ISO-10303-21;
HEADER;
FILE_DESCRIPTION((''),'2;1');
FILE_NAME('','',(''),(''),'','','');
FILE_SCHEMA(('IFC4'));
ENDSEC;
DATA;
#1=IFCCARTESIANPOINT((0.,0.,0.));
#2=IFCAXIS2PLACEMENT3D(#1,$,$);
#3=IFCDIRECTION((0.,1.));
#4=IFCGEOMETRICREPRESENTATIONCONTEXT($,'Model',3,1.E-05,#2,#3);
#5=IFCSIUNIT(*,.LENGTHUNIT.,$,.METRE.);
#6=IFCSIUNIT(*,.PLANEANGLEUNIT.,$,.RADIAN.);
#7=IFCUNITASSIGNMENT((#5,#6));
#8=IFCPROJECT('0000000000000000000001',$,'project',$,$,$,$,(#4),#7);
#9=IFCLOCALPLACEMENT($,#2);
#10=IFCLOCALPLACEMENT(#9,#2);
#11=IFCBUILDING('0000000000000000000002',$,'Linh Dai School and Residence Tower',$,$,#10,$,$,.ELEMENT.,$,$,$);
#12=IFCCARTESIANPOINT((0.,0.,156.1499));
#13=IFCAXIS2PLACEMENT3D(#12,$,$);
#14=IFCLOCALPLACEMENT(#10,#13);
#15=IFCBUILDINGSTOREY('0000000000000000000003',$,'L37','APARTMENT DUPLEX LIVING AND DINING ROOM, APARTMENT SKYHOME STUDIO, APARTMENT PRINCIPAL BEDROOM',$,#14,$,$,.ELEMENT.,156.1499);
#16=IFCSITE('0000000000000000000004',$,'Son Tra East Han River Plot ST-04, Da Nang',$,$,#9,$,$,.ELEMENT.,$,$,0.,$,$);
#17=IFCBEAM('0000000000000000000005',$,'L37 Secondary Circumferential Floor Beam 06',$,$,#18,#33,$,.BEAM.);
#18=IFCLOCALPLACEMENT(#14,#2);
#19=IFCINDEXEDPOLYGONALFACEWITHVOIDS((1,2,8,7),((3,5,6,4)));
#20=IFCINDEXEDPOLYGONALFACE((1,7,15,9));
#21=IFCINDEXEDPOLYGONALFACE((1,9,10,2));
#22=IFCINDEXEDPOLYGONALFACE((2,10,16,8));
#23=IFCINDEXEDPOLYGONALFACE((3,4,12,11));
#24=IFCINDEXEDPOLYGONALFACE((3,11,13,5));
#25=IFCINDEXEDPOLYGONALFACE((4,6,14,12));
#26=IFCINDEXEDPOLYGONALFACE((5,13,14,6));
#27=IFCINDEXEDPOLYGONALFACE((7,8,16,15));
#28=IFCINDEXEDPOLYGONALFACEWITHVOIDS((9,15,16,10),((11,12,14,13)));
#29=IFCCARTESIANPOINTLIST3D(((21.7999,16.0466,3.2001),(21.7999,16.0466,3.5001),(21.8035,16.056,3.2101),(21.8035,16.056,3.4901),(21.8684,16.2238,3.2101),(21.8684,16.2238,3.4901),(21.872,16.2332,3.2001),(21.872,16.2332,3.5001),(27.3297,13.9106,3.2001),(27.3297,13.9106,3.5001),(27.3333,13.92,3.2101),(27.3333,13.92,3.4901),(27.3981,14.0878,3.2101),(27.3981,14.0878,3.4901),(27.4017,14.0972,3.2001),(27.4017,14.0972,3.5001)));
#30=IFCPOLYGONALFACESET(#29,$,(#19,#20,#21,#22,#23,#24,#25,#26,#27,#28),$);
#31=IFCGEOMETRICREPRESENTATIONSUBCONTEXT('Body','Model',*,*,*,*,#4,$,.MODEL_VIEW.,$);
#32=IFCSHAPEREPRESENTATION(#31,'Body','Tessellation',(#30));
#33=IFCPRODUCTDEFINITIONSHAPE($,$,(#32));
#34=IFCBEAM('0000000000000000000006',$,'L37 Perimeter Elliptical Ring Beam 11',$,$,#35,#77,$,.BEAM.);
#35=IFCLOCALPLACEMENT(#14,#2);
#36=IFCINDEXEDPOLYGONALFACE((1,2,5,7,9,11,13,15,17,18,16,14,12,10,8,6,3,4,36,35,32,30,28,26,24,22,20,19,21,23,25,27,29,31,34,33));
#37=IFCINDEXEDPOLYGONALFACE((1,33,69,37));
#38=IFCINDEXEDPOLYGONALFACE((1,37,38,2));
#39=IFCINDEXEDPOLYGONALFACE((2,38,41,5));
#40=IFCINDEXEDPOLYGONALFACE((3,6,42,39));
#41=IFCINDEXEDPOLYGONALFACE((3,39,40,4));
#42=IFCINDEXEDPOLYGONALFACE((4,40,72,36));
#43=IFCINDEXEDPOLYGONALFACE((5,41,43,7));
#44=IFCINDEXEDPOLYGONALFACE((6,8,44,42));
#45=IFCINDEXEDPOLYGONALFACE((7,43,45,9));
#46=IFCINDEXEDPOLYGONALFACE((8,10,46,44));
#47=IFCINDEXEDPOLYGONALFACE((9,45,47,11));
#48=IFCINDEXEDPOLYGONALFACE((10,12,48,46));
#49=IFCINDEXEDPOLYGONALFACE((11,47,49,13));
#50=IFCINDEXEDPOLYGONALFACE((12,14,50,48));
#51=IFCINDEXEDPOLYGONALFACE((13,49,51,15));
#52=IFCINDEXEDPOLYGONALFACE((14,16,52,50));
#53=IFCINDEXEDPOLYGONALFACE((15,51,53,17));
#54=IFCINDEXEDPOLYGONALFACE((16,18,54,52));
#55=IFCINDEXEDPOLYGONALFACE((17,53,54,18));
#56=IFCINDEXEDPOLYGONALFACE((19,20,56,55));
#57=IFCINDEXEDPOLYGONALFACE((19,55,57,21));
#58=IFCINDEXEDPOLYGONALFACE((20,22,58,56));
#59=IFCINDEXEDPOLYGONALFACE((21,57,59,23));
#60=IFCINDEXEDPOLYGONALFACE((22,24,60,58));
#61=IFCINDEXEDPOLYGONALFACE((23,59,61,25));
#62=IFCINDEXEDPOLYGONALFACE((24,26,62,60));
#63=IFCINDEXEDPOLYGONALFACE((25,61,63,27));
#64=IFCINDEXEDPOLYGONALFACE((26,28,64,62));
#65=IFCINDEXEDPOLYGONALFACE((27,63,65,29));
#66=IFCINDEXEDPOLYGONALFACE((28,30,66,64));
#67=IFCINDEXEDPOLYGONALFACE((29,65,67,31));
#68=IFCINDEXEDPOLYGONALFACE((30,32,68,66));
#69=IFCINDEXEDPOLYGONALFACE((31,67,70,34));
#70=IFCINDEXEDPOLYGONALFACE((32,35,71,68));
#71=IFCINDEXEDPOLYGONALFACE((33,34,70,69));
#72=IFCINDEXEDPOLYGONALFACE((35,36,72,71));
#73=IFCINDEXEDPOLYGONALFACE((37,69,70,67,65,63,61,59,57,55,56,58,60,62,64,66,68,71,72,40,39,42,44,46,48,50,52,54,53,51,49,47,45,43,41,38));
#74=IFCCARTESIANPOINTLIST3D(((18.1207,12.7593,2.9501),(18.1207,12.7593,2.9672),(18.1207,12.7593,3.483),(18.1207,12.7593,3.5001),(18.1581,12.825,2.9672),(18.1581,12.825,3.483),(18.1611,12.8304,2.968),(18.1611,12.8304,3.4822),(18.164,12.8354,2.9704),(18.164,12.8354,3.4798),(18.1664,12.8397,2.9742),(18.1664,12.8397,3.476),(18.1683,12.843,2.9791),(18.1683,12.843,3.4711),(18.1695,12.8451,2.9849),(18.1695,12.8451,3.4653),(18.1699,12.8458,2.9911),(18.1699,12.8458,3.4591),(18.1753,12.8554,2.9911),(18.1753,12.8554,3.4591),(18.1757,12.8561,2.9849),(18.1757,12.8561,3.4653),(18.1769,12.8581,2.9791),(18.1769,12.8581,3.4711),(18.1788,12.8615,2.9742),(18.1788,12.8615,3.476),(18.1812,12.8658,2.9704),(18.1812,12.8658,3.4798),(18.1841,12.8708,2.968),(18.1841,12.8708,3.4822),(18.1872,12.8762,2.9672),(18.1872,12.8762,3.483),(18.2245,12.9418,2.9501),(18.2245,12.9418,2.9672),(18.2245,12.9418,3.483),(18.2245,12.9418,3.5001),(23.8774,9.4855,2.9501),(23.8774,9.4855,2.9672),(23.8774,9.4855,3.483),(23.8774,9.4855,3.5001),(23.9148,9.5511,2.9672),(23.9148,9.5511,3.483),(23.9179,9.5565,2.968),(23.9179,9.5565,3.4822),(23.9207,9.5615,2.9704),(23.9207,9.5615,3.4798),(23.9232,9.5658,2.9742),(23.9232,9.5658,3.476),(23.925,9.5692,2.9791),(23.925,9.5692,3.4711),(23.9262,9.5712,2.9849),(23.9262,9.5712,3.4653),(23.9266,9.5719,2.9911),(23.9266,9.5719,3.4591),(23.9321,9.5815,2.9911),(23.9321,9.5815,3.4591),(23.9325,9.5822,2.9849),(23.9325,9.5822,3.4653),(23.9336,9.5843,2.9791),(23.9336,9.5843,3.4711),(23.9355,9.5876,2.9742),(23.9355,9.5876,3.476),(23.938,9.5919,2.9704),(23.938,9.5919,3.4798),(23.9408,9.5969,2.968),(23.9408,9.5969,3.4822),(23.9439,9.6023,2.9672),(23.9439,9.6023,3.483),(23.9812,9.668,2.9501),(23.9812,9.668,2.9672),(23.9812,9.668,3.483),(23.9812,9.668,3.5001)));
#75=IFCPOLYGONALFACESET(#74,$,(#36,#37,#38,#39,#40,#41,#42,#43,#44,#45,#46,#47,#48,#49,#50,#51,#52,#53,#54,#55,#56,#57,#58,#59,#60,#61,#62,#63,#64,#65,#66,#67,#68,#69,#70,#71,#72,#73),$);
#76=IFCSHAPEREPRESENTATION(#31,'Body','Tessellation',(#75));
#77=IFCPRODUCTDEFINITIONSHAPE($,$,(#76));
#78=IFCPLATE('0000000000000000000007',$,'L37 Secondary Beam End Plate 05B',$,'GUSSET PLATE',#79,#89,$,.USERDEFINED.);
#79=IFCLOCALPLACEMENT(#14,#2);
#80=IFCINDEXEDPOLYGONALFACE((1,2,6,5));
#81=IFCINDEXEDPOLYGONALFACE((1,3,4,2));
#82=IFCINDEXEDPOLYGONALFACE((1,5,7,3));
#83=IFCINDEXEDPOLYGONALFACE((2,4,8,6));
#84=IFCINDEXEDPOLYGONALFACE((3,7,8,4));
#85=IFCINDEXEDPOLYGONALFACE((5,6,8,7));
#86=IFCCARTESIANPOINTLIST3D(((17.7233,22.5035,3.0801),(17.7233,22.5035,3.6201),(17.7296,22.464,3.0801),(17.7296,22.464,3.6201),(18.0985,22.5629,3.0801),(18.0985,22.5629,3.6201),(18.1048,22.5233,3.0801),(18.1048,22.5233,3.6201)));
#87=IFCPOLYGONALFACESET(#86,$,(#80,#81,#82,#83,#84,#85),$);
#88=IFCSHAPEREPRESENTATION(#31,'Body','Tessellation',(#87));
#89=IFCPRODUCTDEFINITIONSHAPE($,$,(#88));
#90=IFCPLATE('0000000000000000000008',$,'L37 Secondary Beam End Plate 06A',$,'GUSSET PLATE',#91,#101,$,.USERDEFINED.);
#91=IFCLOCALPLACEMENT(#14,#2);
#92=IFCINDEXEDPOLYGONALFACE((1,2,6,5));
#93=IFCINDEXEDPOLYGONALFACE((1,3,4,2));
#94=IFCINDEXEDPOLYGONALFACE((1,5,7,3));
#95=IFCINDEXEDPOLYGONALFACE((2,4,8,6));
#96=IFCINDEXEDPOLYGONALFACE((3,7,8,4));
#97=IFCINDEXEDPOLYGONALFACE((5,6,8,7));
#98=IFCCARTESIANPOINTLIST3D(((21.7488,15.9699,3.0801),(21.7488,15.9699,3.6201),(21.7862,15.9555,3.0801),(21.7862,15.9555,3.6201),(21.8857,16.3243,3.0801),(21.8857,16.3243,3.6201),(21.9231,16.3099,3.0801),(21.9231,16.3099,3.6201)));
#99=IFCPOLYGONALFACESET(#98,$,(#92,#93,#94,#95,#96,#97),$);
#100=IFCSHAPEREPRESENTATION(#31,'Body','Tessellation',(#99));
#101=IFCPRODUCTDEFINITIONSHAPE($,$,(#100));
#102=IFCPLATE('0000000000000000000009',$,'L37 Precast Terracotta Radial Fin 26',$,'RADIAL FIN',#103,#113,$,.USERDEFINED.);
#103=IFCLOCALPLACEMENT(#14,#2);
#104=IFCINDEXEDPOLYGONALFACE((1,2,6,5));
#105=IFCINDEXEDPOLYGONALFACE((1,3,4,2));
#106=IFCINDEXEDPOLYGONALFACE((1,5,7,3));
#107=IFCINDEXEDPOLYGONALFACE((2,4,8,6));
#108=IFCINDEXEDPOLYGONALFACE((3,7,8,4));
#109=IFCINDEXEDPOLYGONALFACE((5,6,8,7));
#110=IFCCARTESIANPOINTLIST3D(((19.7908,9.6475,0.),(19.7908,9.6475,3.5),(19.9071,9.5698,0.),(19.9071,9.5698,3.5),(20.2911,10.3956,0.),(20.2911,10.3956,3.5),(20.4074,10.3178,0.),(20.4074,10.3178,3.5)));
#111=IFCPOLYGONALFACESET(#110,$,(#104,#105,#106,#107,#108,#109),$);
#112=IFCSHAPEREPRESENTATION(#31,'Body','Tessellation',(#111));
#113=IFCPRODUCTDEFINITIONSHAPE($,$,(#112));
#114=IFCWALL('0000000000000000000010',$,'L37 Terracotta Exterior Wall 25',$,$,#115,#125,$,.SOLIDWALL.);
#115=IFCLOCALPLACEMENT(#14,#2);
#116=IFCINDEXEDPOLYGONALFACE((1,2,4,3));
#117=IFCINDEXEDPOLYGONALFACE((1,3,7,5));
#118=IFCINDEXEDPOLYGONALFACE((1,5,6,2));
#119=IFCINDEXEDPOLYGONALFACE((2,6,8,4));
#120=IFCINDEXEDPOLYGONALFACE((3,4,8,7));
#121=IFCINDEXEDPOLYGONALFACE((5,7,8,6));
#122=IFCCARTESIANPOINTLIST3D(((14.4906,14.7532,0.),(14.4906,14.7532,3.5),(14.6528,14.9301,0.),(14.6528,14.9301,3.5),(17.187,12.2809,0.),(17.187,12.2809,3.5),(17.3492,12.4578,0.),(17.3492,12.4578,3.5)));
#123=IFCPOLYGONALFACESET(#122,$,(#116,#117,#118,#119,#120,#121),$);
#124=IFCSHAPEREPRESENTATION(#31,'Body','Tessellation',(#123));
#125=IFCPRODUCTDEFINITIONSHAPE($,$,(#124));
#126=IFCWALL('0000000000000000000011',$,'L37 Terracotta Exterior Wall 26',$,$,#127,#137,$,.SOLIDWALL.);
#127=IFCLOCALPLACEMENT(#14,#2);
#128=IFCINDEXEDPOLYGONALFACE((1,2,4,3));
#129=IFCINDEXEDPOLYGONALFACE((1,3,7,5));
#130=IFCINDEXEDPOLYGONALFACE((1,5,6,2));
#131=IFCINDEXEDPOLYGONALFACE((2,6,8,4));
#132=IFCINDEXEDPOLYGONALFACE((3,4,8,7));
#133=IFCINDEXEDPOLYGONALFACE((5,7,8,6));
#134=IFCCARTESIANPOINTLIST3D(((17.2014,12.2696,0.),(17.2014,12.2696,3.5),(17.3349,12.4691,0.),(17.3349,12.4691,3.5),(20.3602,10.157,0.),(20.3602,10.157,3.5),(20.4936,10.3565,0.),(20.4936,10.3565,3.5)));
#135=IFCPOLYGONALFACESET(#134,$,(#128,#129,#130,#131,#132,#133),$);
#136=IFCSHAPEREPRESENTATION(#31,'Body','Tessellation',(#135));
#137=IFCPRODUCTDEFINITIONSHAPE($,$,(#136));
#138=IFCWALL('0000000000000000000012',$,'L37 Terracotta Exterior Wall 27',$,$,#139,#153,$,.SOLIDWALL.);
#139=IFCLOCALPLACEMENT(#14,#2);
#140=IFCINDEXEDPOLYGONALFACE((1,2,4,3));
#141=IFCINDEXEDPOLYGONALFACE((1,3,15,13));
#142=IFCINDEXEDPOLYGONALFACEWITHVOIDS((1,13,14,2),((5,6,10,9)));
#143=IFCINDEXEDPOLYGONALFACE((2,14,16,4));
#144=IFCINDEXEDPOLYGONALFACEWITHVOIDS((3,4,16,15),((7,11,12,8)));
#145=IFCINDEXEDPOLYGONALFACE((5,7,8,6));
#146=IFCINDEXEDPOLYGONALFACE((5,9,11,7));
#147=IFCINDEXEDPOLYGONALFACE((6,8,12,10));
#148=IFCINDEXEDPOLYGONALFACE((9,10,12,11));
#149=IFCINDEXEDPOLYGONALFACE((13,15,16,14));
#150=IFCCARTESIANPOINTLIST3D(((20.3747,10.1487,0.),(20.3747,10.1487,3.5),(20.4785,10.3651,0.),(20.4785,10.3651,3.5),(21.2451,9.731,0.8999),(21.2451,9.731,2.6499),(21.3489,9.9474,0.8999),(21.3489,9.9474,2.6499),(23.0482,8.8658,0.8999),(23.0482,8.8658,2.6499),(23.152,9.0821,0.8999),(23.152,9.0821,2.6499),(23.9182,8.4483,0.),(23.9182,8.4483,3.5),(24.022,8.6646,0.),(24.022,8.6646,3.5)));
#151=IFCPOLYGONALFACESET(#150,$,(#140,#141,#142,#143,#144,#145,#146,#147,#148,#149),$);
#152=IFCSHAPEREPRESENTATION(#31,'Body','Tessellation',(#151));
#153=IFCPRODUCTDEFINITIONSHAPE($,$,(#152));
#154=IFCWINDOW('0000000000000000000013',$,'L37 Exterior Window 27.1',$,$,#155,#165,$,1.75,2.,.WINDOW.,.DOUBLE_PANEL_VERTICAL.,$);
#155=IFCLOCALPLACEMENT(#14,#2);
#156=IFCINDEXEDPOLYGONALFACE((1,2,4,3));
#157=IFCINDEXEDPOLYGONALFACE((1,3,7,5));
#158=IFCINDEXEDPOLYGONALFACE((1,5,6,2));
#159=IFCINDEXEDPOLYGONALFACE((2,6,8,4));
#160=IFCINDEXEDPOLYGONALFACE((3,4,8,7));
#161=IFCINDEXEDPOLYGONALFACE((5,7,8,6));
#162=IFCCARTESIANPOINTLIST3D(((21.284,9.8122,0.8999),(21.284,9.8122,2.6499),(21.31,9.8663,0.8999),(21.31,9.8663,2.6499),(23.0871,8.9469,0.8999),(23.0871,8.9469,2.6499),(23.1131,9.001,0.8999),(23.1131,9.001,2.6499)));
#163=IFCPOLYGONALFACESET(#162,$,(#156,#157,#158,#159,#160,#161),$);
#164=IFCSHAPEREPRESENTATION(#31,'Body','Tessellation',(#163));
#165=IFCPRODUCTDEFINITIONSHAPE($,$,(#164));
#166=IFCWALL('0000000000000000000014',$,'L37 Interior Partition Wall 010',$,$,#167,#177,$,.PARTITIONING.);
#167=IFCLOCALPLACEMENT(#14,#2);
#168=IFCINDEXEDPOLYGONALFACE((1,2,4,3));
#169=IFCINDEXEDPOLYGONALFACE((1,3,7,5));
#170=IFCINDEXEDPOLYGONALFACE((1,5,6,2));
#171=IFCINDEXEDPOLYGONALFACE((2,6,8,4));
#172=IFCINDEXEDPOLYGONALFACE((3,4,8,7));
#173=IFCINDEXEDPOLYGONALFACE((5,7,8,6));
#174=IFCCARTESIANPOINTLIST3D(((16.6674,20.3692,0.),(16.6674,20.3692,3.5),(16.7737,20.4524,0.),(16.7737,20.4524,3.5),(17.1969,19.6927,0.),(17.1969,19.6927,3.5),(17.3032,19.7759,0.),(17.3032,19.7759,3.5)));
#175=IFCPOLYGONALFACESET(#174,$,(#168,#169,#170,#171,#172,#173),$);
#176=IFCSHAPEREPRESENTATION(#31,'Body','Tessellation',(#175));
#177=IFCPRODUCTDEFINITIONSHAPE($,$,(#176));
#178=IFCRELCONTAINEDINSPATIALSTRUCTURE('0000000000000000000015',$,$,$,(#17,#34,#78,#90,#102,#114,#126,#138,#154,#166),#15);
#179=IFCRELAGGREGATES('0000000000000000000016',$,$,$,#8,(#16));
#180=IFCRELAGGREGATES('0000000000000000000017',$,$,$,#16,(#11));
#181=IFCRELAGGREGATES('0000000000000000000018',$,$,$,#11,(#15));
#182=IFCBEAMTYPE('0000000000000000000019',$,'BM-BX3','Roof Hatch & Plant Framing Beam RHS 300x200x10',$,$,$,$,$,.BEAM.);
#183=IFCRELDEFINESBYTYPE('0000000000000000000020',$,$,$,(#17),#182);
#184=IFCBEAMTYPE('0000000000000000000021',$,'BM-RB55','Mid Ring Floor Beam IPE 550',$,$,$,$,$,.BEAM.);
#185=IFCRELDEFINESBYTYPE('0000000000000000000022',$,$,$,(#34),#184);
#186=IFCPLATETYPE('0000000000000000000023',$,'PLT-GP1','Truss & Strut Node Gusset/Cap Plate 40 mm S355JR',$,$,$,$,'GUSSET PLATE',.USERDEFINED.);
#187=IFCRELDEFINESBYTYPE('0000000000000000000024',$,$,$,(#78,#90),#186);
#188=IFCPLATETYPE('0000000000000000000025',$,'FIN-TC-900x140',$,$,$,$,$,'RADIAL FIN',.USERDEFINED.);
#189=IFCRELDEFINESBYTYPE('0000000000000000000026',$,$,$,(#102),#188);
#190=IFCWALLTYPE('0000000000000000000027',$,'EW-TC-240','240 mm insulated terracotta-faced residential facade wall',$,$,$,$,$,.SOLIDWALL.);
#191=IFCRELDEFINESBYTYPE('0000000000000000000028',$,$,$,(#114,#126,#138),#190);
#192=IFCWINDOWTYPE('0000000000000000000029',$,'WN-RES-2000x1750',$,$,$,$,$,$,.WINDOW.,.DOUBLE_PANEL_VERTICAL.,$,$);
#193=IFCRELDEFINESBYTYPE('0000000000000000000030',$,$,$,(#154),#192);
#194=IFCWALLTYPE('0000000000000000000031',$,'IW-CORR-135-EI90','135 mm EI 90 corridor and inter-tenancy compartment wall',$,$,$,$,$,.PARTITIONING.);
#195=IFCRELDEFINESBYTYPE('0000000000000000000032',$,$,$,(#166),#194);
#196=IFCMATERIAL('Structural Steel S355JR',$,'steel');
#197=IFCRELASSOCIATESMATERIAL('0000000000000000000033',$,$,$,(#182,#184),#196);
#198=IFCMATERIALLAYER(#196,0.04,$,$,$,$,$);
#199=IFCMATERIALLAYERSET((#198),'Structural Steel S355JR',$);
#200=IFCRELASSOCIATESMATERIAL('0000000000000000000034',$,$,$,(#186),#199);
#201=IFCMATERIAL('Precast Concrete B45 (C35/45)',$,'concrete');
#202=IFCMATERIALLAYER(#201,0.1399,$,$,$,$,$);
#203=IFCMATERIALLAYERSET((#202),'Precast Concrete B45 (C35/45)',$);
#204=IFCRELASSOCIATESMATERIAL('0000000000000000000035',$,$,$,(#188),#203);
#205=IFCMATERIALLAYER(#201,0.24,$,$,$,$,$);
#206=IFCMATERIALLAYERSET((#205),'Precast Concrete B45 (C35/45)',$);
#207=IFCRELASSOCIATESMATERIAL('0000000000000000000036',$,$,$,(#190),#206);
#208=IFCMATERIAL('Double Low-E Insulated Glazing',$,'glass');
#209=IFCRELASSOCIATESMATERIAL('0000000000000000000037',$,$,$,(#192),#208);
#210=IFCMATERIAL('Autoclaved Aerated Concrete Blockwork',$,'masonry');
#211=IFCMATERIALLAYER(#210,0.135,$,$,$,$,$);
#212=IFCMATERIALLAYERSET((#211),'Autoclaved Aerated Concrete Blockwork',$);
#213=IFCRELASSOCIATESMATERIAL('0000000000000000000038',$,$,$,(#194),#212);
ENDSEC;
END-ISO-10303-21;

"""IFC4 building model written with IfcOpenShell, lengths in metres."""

from ifc_helpers import new_model, si_unit, direction, frame, frame_2d, origin, origin_2d, place, context, subcontext, project, spatial, rectangle, hollow_rectangle, i_section, extrude, source, transform, mapped, material, layer, layer_set, material_profile, profile_set, type_object, element, fill, save


model = new_model("IFC4")

# Units and contexts
model_context = context("Model", 3, precision=1e-05, world=origin(), true_north=direction((0.0, 1.0)))
body_context = subcontext(model_context, "Body", "Model", "MODEL_VIEW")
ifc_project = project(units=[si_unit("LENGTHUNIT", "METRE"), si_unit("PLANEANGLEUNIT", "RADIAN")], contexts=[model_context])

# Site, building, storey
site_placement = place(None, origin())
site = spatial("IfcSite", under=ifc_project, at=site_placement, Name="Son Tra East Han River Plot ST-04, Da Nang", CompositionType="ELEMENT", RefElevation=0.0)
building_placement = place(site_placement, origin())
building = spatial("IfcBuilding", under=site, at=building_placement, Name="Linh Dai School and Residence Tower", CompositionType="ELEMENT")
storey_placement = place(building_placement, frame((0.0, 0.0, 156.1499)))
storey = spatial("IfcBuildingStorey", under=building, at=storey_placement, Name="L37", Description="APARTMENT DUPLEX LIVING AND DINING ROOM, APARTMENT SKYHOME STUDIO, APARTMENT PRINCIPAL BEDROOM", CompositionType="ELEMENT", Elevation=156.1499)

# Shared definitions
ifc_material_1 = material(Name="Structural Steel S355JR", Category="steel")

# Beams
ifc_material_profile_1 = material_profile(ifc_material_1, hollow_rectangle(XDim=0.2, YDim=0.3, WallThickness=0.01, at=origin_2d()), Name="RHS 300x200x10")
ifc_profile_set_1 = profile_set([ifc_material_profile_1], Name="Structural Steel S355JR")
beam_type_1 = type_object("IfcBeamType", Name="BM-BX3", Description="Roof Hatch & Plant Framing Beam RHS 300x200x10", PredefinedType="BEAM", material=ifc_profile_set_1)
beam_1_placement = place(storey_placement, frame((21.8359, 16.1399, 3.3501), z_axis=(0.932828, -0.360323, 0.0), x_axis=(0.360323, 0.932828, 0.0)))
element("IfcBeam", 1, at=beam_1_placement, inside=storey, type_object=beam_type_1, Name="L37 Secondary Circumferential Floor Beam 06", PredefinedType="BEAM", context=body_context, shape_type="SweptSolid", body=[
    extrude(hollow_rectangle(XDim=0.2, YDim=0.3, WallThickness=0.01, at=origin_2d()), origin(), (0.0, 0.0, 1.0), 5.928),
])
ifc_material_profile_2 = material_profile(ifc_material_1, i_section(OverallWidth=0.21, OverallDepth=0.55, WebThickness=0.011, FlangeThickness=0.0171, FilletRadius=0.0239, at=origin_2d()), Name="IPE 550")
ifc_profile_set_2 = profile_set([ifc_material_profile_2], Name="Structural Steel S355JR")
beam_type_2 = type_object("IfcBeamType", Name="BM-RB55", Description="Mid Ring Floor Beam IPE 550", PredefinedType="BEAM", material=ifc_profile_set_2)
beam_2_placement = place(storey_placement, frame((18.1726, 12.8506, 3.2251), z_axis=(0.869262, -0.494351, 0.0), x_axis=(0.494351, 0.869262, 0.0)))
element("IfcBeam", 2, at=beam_2_placement, inside=storey, type_object=beam_type_2, Name="L37 Perimeter Elliptical Ring Beam 11", PredefinedType="BEAM", context=body_context, shape_type="SweptSolid", body=[
    extrude(i_section(OverallWidth=0.21, OverallDepth=0.55, WebThickness=0.011, FlangeThickness=0.0171, FilletRadius=0.0239, at=origin_2d()), origin(), (0.0, 0.0, 1.0), 6.6226),
])

# Plates
ifc_layer_1 = layer(ifc_material_1, 0.04)
ifc_layer_set_1 = layer_set([ifc_layer_1], Name="Structural Steel S355JR")
plate_type_1 = type_object("IfcPlateType", Name="PLT-GP1", Description="Truss & Strut Node Gusset/Cap Plate 40 mm S355JR", ElementType="GUSSET PLATE", PredefinedType="USERDEFINED", material=ifc_layer_set_1)
shared_shape_1 = source(origin(), body_context, "Body", "SweptSolid", [
    extrude(rectangle(XDim=0.04, YDim=0.3799, at=origin_2d()), origin(), (0.0, 0.0, 1.0), 0.54),
])
for number, where, z_axis, x_axis, name in (
    (3, (17.9141, 22.5134, 3.0801), (0.0, 0.0, 1.0), (0.156309, -0.987708, 0.0), "L37 Secondary Beam End Plate 05B"),
    (4, (21.8359, 16.1399, 3.0801), (0.0, 0.0, 1.0), (0.932823, -0.360335, 0.0), "L37 Secondary Beam End Plate 06A"),
):
    element("IfcPlate", number, at=place(storey_placement, frame(where, z_axis=z_axis, x_axis=x_axis)), inside=storey, type_object=plate_type_1, Name=name, ObjectType="GUSSET PLATE", PredefinedType="USERDEFINED", context=body_context, shape_type="MappedRepresentation", body=[
        mapped(shared_shape_1, transform((0.0, 0.0, 0.0), x_axis=(1.0, 0.0, 0.0), y_axis=(0.0, 1.0, 0.0), z_axis=(0.0, 0.0, 1.0), scale=1.0)),
    ])
ifc_material_2 = material(Name="Precast Concrete B45 (C35/45)", Category="concrete")
ifc_layer_2 = layer(ifc_material_2, 0.1399)
ifc_layer_set_2 = layer_set([ifc_layer_2], Name="Precast Concrete B45 (C35/45)")
plate_type_2 = type_object("IfcPlateType", Name="FIN-TC-900x140", ElementType="RADIAL FIN", PredefinedType="USERDEFINED", material=ifc_layer_set_2)
shared_shape_2 = source(origin(), body_context, "Body", "SweptSolid", [
    extrude(rectangle(XDim=0.8999, YDim=0.1399, at=origin_2d()), origin(), (0.0, 0.0, 1.0), 3.5),
])
plate_placement = place(storey_placement, frame((20.0991, 9.9827, 0.0), z_axis=(0.0, 0.0, 1.0), x_axis=(-0.555931, -0.831228, 0.0)))
element("IfcPlate", 5, at=plate_placement, inside=storey, type_object=plate_type_2, Name="L37 Precast Terracotta Radial Fin 26", ObjectType="RADIAL FIN", PredefinedType="USERDEFINED", context=body_context, shape_type="MappedRepresentation", body=[
    mapped(shared_shape_2, transform((0.0, 0.0, 0.0), x_axis=(1.0, 0.0, 0.0), y_axis=(0.0, 1.0, 0.0), z_axis=(0.0, 0.0, 1.0), scale=1.0)),
])

# Walls
ifc_layer_3 = layer(ifc_material_2, 0.24)
ifc_layer_set_3 = layer_set([ifc_layer_3], Name="Precast Concrete B45 (C35/45)")
wall_type_1 = type_object("IfcWallType", Name="EW-TC-240", Description="240 mm insulated terracotta-faced residential facade wall", PredefinedType="SOLIDWALL", material=ifc_layer_set_3)
wall_1_placement = place(storey_placement, frame((17.2681, 12.3694, 0.0), z_axis=(0.0, 0.0, 1.0), x_axis=(-0.737077, 0.675809, 0.0)))
element("IfcWall", 6, at=wall_1_placement, inside=storey, type_object=wall_type_1, Name="L37 Terracotta Exterior Wall 25", PredefinedType="SOLIDWALL", context=body_context, shape_type="SweptSolid", body=[
    extrude(rectangle(XDim=3.6582, YDim=0.24, at=frame_2d((1.8291, 0.0))), origin(), (0.0, 0.0, 1.0), 3.5),
])
wall_2_placement = place(storey_placement, frame((20.4268, 10.2568, 0.0), z_axis=(0.0, 0.0, 1.0), x_axis=(-0.831229, 0.55593, 0.0)))
element("IfcWall", 7, at=wall_2_placement, inside=storey, type_object=wall_type_1, Name="L37 Terracotta Exterior Wall 26", PredefinedType="SOLIDWALL", context=body_context, shape_type="SweptSolid", body=[
    extrude(rectangle(XDim=3.8, YDim=0.24, at=frame_2d((1.8999, 0.0))), origin(), (0.0, 0.0, 1.0), 3.5),
])

# Wall, opening, window
wall_3_placement = place(storey_placement, frame((23.9702, 8.5564, 0.0), z_axis=(0.0, 0.0, 1.0), x_axis=(-0.901565, 0.432644, 0.0)))
wall_3 = element("IfcWall", 8, at=wall_3_placement, inside=storey, type_object=wall_type_1, Name="L37 Terracotta Exterior Wall 27", PredefinedType="SOLIDWALL", context=body_context, shape_type="SweptSolid", body=[
    extrude(rectangle(XDim=3.9304, YDim=0.24, at=frame_2d((1.9653, 0.0))), origin(), (0.0, 0.0, 1.0), 3.5),
])
opening_1_placement = place(wall_3_placement, frame((0.9651, 0.0, 0.8999)))
opening_1 = element("IfcOpeningElement", 9, at=opening_1_placement, cuts=wall_3, PredefinedType="OPENING", context=body_context, shape_type="SweptSolid", body=[
    extrude(rectangle(XDim=2.0, YDim=1.75, at=origin_2d()), frame((1.0, 0.1299, 0.875), z_axis=(0.0, -1.0, 0.0), x_axis=(1.0, 0.0, 0.0)), (0.0, 0.0, 1.0), 0.26),
])
ifc_material_3 = material(Name="Double Low-E Insulated Glazing", Category="glass")
window_type = type_object("IfcWindowType", Name="WN-RES-2000x1750", PartitioningType="DOUBLE_PANEL_VERTICAL", PredefinedType="WINDOW", material=ifc_material_3)
shared_shape_3 = source(origin(), body_context, "Body", "SweptSolid", [
    extrude(rectangle(XDim=2.0, YDim=1.75, at=origin_2d()), frame((1.0, 0.03, 0.875), z_axis=(0.0, -1.0, 0.0), x_axis=(1.0, 0.0, 0.0)), (0.0, 0.0, 1.0), 0.0601),
])
window_placement = place(opening_1_placement, origin())
window = element("IfcWindow", 10, at=window_placement, inside=storey, type_object=window_type, Name="L37 Exterior Window 27.1", OverallHeight=1.75, OverallWidth=2.0, PartitioningType="DOUBLE_PANEL_VERTICAL", PredefinedType="WINDOW", context=body_context, shape_type="MappedRepresentation", body=[
    mapped(shared_shape_3, transform((0.0, 0.0, 0.0), x_axis=(1.0, 0.0, 0.0), y_axis=(0.0, 1.0, 0.0), z_axis=(0.0, 0.0, 1.0), scale=1.0)),
])
fill(opening_1, window)

# Wall
ifc_material_4 = material(Name="Autoclaved Aerated Concrete Blockwork", Category="masonry")
ifc_layer_4 = layer(ifc_material_4, 0.135)
ifc_layer_set_4 = layer_set([ifc_layer_4], Name="Autoclaved Aerated Concrete Blockwork")
wall_type_2 = type_object("IfcWallType", Name="IW-CORR-135-EI90", Description="135 mm EI 90 corridor and inter-tenancy compartment wall", PredefinedType="PARTITIONING", material=ifc_layer_set_4)
wall_4_placement = place(storey_placement, frame((16.7205, 20.4109, 0.0), z_axis=(0.0, 0.0, 1.0), x_axis=(0.616377, -0.787451, 0.0)))
element("IfcWall", 11, at=wall_4_placement, inside=storey, type_object=wall_type_2, Name="L37 Interior Partition Wall 010", PredefinedType="PARTITIONING", context=body_context, shape_type="SweptSolid", body=[
    extrude(rectangle(XDim=0.8591, YDim=0.135, at=frame_2d((0.4297, 0.0))), origin(), (0.0, 0.0, 1.0), 3.5),
])

save(model, "model.ifc")
